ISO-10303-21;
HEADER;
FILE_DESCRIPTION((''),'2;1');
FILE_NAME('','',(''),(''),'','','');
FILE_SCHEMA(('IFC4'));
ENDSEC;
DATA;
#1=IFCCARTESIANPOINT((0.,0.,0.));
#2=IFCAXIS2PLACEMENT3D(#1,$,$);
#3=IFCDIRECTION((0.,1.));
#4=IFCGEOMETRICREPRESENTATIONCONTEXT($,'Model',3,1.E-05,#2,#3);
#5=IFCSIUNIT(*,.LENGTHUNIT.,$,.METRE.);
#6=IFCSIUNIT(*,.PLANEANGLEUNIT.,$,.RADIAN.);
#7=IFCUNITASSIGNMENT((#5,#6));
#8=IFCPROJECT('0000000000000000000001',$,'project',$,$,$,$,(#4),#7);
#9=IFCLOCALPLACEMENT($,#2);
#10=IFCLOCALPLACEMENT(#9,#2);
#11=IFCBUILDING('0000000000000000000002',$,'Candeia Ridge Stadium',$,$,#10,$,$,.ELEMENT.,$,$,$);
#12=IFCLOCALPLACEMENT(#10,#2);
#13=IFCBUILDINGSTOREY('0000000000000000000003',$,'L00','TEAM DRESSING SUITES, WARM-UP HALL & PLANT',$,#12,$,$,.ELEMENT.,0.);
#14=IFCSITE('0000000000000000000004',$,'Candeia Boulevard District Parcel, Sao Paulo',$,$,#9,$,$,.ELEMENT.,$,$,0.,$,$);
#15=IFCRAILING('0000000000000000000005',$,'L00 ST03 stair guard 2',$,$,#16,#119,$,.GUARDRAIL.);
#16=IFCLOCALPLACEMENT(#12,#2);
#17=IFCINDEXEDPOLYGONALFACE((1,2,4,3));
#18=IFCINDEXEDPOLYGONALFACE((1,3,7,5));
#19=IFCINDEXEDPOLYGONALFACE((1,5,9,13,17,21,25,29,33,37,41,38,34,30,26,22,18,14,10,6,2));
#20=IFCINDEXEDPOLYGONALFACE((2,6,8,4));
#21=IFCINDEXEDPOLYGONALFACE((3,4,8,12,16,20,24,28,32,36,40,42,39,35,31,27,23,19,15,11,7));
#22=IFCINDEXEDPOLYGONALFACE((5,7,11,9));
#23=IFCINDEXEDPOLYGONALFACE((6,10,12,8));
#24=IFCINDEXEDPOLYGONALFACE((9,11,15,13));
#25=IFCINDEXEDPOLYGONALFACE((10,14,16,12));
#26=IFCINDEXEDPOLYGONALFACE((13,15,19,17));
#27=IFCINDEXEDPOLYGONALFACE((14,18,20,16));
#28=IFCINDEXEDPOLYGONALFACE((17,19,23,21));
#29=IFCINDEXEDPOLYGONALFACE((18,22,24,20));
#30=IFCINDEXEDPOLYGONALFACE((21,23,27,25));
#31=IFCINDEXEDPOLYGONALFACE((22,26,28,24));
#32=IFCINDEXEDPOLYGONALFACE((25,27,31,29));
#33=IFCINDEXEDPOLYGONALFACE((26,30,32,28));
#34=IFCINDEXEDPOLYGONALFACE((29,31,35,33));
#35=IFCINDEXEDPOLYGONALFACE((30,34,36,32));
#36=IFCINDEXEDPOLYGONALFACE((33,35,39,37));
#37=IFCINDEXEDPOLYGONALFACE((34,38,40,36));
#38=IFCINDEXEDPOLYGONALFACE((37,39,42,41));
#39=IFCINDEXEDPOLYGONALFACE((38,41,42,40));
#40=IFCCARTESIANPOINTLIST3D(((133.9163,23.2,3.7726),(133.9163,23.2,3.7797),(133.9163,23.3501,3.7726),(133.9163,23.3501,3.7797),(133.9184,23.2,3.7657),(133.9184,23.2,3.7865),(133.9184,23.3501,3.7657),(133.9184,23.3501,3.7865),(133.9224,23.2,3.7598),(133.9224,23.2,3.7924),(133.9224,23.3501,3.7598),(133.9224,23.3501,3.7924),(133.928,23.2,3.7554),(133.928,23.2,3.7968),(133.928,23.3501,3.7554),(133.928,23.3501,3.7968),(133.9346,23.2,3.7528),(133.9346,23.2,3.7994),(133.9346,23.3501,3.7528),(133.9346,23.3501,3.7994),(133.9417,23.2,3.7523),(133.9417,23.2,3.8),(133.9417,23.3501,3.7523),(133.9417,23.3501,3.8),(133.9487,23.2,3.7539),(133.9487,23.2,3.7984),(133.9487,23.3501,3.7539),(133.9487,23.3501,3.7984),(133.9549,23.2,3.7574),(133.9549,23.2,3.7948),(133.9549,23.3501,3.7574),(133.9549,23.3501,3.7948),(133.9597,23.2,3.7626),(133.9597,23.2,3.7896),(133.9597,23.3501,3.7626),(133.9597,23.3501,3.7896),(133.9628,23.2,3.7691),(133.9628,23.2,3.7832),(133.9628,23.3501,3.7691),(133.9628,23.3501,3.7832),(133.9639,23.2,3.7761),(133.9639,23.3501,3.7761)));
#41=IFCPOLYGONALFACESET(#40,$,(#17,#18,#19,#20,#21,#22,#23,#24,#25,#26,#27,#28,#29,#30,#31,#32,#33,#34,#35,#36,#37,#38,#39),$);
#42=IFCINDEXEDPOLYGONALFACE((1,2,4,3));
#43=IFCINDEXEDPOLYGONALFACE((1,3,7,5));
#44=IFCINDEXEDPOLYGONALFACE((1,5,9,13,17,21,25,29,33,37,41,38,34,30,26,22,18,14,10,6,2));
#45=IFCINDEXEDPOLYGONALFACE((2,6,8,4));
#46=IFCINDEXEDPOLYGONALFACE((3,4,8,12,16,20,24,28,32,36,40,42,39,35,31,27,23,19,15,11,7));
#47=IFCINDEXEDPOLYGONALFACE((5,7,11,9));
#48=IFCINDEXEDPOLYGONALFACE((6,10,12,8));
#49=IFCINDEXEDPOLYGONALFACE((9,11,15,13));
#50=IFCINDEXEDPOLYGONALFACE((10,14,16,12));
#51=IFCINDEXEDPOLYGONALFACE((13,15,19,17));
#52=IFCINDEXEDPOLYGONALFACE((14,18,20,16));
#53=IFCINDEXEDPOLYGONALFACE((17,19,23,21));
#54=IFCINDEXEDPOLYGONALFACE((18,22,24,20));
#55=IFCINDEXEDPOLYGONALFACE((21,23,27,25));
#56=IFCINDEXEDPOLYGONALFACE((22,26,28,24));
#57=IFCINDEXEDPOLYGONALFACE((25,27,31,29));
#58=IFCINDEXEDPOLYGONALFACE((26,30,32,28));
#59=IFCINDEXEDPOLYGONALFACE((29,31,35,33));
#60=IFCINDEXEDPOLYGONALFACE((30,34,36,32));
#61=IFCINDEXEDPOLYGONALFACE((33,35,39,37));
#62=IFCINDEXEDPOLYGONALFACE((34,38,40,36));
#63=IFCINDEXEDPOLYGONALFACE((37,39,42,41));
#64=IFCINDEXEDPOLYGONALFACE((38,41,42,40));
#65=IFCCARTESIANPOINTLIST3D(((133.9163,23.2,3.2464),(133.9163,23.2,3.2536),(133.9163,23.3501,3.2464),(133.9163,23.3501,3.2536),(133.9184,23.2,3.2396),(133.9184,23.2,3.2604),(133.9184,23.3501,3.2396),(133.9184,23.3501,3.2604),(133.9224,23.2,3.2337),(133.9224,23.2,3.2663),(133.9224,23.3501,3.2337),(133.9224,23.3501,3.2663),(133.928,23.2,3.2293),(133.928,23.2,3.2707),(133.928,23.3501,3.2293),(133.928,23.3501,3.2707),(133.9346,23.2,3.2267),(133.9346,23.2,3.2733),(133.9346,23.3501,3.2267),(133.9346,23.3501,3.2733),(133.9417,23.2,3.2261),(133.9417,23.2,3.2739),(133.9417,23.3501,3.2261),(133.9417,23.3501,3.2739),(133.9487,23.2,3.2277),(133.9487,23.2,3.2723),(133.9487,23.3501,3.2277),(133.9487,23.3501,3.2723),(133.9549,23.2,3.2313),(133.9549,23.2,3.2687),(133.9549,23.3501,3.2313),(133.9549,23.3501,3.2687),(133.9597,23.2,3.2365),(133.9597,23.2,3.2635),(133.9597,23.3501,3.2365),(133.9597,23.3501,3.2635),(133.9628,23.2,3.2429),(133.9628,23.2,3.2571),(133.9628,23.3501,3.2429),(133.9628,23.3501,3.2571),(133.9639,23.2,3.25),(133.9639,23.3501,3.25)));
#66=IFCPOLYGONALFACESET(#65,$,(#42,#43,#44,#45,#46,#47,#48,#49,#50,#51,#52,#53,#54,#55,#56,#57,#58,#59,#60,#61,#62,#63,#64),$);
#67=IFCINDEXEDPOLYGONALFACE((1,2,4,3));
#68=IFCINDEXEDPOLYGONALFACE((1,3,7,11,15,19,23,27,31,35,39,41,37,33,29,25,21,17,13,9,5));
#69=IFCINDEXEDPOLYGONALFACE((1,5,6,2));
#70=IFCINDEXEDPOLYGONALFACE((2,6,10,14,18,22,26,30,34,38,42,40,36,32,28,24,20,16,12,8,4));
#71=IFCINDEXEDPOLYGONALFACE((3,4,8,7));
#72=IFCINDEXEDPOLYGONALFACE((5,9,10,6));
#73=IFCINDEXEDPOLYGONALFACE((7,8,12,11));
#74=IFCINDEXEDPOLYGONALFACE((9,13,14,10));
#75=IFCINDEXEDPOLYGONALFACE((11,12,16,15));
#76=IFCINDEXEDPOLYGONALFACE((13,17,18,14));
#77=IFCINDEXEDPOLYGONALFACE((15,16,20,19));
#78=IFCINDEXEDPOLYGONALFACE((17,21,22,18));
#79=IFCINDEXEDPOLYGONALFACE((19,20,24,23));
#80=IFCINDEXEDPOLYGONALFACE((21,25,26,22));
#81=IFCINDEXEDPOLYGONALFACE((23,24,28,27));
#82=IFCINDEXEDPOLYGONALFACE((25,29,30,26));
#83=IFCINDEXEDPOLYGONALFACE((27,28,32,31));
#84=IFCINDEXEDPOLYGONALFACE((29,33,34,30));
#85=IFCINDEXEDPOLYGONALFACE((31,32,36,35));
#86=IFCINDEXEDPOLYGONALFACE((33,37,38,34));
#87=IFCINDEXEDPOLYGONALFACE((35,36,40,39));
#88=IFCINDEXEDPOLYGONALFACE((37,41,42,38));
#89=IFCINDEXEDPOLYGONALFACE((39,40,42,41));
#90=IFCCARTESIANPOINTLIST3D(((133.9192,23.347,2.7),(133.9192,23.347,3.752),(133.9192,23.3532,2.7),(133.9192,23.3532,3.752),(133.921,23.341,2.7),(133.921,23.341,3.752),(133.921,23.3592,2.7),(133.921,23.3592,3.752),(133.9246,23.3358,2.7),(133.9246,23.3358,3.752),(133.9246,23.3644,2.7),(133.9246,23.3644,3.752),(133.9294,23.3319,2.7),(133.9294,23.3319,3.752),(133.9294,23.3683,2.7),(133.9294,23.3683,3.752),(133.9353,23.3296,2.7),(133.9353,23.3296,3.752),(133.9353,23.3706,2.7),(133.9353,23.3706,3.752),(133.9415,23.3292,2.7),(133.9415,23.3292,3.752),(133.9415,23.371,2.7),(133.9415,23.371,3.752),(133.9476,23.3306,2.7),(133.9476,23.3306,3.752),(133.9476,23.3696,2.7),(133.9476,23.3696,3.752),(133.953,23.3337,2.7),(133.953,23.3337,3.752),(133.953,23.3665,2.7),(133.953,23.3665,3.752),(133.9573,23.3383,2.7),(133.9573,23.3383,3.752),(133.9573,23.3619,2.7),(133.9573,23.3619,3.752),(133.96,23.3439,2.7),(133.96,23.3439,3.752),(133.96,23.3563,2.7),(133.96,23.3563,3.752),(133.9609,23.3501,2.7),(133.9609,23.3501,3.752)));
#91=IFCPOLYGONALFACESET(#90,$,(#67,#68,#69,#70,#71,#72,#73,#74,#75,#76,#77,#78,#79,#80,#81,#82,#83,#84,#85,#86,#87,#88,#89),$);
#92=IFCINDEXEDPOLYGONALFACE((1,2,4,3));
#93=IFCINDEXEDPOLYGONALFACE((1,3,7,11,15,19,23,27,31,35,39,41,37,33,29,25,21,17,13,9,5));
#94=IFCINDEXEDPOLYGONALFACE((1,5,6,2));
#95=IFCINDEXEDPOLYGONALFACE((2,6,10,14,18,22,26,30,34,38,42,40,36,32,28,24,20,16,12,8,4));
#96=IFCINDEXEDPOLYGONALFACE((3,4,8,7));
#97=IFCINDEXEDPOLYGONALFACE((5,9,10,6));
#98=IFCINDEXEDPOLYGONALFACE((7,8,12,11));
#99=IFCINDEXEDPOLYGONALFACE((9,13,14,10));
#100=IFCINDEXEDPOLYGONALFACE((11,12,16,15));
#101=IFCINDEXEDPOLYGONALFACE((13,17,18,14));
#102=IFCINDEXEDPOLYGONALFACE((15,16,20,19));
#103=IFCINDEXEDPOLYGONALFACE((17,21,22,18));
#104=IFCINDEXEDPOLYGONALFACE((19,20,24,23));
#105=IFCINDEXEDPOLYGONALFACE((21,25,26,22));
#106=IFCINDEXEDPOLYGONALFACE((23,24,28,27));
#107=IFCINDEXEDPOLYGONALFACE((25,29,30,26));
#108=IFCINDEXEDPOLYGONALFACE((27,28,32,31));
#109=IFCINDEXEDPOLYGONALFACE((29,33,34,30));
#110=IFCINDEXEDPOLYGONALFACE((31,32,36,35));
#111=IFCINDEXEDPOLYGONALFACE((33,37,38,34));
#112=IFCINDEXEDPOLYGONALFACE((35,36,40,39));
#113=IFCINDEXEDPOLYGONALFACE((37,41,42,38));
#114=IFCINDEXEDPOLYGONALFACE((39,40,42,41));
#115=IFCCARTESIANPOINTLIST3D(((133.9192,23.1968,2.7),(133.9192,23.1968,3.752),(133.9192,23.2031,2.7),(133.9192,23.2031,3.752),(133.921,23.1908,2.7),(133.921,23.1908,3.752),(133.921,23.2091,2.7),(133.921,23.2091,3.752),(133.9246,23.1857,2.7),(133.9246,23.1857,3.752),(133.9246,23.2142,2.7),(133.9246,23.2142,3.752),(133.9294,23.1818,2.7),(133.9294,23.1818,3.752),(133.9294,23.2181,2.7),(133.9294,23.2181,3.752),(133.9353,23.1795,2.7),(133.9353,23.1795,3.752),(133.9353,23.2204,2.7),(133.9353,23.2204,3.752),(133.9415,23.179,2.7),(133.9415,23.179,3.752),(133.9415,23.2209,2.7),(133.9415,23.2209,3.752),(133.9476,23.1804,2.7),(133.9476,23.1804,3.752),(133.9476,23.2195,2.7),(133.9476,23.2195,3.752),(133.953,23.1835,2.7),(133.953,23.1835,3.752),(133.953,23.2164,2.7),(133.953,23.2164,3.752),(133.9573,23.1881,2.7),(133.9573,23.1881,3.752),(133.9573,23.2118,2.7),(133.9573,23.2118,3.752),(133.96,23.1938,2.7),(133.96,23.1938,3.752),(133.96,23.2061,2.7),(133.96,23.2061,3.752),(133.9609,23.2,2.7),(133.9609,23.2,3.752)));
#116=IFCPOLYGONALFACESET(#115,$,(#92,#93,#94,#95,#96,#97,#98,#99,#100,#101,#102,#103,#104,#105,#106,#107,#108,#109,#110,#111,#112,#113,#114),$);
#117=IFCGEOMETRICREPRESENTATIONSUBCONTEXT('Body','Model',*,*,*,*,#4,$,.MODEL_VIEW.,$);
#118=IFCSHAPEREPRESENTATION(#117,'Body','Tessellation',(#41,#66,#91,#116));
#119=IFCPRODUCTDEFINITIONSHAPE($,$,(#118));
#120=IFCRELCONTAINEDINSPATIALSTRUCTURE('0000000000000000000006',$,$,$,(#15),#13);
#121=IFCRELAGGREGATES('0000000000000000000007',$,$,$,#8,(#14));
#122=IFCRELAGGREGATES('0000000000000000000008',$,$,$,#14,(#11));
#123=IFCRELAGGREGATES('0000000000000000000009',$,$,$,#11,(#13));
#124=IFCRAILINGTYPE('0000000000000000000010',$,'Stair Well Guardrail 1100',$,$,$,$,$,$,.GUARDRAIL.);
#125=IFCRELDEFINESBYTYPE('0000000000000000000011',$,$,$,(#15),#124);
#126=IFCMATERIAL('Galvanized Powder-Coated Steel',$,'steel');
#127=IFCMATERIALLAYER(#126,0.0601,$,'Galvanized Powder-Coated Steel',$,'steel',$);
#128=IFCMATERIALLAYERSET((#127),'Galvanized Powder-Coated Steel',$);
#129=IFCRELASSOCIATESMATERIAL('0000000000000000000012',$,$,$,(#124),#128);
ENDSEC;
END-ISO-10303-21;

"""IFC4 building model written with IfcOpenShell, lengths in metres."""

from ifc_helpers import new_model, si_unit, direction, frame, origin, origin_2d, place, context, subcontext, project, spatial, circle, extrude, material, layer, layer_set, type_object, element, save


model = new_model("IFC4")

# Units and contexts
model_context = context("Model", 3, precision=1e-05, world=origin(), true_north=direction((0.0, 1.0)))
body_context = subcontext(model_context, "Body", "Model", "MODEL_VIEW")
ifc_project = project(units=[si_unit("LENGTHUNIT", "METRE"), si_unit("PLANEANGLEUNIT", "RADIAN")], contexts=[model_context])

# Site, building, storey
site_placement = place(None, origin())
site = spatial("IfcSite", under=ifc_project, at=site_placement, Name="Candeia Boulevard District Parcel, Sao Paulo", CompositionType="ELEMENT", RefElevation=0.0)
building_placement = place(site_placement, origin())
building = spatial("IfcBuilding", under=site, at=building_placement, Name="Candeia Ridge Stadium", CompositionType="ELEMENT")
storey_placement = place(building_placement, origin())
storey = spatial("IfcBuildingStorey", under=building, at=storey_placement, Name="L00", Description="TEAM DRESSING SUITES, WARM-UP HALL & PLANT", CompositionType="ELEMENT", Elevation=0.0)

# Railing
ifc_material_1 = material(Name="Galvanized Powder-Coated Steel", Category="steel")
ifc_layer_1 = layer(ifc_material_1, 0.0601, Name="Galvanized Powder-Coated Steel", Category="steel")
ifc_layer_set_1 = layer_set([ifc_layer_1], Name="Galvanized Powder-Coated Steel")
railing_type_1 = type_object("IfcRailingType", Name="Stair Well Guardrail 1100", PredefinedType="GUARDRAIL", material=ifc_layer_set_1)
railing_1_placement = place(storey_placement, frame((133.9399, 23.3501, 2.7)))
element("IfcRailing", 1, at=railing_1_placement, inside=storey, type_object=railing_type_1, Name="L00 ST03 stair guard 2", PredefinedType="GUARDRAIL", context=body_context, shape_type="SweptSolid", body=[
    extrude(circle(Radius=0.0239, at=origin_2d()), frame((0.0, 0.0, 1.0762), z_axis=(0.0, -1.0, 0.0), x_axis=(1.0, 0.0, 0.0)), (0.0, 0.0, 1.0), 0.1501),
    extrude(circle(Radius=0.0239, at=origin_2d()), frame((0.0, 0.0, 0.55), z_axis=(0.0, -1.0, 0.0), x_axis=(1.0, 0.0, 0.0)), (0.0, 0.0, 1.0), 0.1501),
    extrude(circle(Radius=0.021, at=origin_2d()), origin(), (0.0, 0.0, 1.0), 1.052),
    extrude(circle(Radius=0.021, at=origin_2d()), frame((0.0, -0.1501, 0.0)), (0.0, 0.0, 1.0), 1.052),
])

save(model, "model.ifc")
